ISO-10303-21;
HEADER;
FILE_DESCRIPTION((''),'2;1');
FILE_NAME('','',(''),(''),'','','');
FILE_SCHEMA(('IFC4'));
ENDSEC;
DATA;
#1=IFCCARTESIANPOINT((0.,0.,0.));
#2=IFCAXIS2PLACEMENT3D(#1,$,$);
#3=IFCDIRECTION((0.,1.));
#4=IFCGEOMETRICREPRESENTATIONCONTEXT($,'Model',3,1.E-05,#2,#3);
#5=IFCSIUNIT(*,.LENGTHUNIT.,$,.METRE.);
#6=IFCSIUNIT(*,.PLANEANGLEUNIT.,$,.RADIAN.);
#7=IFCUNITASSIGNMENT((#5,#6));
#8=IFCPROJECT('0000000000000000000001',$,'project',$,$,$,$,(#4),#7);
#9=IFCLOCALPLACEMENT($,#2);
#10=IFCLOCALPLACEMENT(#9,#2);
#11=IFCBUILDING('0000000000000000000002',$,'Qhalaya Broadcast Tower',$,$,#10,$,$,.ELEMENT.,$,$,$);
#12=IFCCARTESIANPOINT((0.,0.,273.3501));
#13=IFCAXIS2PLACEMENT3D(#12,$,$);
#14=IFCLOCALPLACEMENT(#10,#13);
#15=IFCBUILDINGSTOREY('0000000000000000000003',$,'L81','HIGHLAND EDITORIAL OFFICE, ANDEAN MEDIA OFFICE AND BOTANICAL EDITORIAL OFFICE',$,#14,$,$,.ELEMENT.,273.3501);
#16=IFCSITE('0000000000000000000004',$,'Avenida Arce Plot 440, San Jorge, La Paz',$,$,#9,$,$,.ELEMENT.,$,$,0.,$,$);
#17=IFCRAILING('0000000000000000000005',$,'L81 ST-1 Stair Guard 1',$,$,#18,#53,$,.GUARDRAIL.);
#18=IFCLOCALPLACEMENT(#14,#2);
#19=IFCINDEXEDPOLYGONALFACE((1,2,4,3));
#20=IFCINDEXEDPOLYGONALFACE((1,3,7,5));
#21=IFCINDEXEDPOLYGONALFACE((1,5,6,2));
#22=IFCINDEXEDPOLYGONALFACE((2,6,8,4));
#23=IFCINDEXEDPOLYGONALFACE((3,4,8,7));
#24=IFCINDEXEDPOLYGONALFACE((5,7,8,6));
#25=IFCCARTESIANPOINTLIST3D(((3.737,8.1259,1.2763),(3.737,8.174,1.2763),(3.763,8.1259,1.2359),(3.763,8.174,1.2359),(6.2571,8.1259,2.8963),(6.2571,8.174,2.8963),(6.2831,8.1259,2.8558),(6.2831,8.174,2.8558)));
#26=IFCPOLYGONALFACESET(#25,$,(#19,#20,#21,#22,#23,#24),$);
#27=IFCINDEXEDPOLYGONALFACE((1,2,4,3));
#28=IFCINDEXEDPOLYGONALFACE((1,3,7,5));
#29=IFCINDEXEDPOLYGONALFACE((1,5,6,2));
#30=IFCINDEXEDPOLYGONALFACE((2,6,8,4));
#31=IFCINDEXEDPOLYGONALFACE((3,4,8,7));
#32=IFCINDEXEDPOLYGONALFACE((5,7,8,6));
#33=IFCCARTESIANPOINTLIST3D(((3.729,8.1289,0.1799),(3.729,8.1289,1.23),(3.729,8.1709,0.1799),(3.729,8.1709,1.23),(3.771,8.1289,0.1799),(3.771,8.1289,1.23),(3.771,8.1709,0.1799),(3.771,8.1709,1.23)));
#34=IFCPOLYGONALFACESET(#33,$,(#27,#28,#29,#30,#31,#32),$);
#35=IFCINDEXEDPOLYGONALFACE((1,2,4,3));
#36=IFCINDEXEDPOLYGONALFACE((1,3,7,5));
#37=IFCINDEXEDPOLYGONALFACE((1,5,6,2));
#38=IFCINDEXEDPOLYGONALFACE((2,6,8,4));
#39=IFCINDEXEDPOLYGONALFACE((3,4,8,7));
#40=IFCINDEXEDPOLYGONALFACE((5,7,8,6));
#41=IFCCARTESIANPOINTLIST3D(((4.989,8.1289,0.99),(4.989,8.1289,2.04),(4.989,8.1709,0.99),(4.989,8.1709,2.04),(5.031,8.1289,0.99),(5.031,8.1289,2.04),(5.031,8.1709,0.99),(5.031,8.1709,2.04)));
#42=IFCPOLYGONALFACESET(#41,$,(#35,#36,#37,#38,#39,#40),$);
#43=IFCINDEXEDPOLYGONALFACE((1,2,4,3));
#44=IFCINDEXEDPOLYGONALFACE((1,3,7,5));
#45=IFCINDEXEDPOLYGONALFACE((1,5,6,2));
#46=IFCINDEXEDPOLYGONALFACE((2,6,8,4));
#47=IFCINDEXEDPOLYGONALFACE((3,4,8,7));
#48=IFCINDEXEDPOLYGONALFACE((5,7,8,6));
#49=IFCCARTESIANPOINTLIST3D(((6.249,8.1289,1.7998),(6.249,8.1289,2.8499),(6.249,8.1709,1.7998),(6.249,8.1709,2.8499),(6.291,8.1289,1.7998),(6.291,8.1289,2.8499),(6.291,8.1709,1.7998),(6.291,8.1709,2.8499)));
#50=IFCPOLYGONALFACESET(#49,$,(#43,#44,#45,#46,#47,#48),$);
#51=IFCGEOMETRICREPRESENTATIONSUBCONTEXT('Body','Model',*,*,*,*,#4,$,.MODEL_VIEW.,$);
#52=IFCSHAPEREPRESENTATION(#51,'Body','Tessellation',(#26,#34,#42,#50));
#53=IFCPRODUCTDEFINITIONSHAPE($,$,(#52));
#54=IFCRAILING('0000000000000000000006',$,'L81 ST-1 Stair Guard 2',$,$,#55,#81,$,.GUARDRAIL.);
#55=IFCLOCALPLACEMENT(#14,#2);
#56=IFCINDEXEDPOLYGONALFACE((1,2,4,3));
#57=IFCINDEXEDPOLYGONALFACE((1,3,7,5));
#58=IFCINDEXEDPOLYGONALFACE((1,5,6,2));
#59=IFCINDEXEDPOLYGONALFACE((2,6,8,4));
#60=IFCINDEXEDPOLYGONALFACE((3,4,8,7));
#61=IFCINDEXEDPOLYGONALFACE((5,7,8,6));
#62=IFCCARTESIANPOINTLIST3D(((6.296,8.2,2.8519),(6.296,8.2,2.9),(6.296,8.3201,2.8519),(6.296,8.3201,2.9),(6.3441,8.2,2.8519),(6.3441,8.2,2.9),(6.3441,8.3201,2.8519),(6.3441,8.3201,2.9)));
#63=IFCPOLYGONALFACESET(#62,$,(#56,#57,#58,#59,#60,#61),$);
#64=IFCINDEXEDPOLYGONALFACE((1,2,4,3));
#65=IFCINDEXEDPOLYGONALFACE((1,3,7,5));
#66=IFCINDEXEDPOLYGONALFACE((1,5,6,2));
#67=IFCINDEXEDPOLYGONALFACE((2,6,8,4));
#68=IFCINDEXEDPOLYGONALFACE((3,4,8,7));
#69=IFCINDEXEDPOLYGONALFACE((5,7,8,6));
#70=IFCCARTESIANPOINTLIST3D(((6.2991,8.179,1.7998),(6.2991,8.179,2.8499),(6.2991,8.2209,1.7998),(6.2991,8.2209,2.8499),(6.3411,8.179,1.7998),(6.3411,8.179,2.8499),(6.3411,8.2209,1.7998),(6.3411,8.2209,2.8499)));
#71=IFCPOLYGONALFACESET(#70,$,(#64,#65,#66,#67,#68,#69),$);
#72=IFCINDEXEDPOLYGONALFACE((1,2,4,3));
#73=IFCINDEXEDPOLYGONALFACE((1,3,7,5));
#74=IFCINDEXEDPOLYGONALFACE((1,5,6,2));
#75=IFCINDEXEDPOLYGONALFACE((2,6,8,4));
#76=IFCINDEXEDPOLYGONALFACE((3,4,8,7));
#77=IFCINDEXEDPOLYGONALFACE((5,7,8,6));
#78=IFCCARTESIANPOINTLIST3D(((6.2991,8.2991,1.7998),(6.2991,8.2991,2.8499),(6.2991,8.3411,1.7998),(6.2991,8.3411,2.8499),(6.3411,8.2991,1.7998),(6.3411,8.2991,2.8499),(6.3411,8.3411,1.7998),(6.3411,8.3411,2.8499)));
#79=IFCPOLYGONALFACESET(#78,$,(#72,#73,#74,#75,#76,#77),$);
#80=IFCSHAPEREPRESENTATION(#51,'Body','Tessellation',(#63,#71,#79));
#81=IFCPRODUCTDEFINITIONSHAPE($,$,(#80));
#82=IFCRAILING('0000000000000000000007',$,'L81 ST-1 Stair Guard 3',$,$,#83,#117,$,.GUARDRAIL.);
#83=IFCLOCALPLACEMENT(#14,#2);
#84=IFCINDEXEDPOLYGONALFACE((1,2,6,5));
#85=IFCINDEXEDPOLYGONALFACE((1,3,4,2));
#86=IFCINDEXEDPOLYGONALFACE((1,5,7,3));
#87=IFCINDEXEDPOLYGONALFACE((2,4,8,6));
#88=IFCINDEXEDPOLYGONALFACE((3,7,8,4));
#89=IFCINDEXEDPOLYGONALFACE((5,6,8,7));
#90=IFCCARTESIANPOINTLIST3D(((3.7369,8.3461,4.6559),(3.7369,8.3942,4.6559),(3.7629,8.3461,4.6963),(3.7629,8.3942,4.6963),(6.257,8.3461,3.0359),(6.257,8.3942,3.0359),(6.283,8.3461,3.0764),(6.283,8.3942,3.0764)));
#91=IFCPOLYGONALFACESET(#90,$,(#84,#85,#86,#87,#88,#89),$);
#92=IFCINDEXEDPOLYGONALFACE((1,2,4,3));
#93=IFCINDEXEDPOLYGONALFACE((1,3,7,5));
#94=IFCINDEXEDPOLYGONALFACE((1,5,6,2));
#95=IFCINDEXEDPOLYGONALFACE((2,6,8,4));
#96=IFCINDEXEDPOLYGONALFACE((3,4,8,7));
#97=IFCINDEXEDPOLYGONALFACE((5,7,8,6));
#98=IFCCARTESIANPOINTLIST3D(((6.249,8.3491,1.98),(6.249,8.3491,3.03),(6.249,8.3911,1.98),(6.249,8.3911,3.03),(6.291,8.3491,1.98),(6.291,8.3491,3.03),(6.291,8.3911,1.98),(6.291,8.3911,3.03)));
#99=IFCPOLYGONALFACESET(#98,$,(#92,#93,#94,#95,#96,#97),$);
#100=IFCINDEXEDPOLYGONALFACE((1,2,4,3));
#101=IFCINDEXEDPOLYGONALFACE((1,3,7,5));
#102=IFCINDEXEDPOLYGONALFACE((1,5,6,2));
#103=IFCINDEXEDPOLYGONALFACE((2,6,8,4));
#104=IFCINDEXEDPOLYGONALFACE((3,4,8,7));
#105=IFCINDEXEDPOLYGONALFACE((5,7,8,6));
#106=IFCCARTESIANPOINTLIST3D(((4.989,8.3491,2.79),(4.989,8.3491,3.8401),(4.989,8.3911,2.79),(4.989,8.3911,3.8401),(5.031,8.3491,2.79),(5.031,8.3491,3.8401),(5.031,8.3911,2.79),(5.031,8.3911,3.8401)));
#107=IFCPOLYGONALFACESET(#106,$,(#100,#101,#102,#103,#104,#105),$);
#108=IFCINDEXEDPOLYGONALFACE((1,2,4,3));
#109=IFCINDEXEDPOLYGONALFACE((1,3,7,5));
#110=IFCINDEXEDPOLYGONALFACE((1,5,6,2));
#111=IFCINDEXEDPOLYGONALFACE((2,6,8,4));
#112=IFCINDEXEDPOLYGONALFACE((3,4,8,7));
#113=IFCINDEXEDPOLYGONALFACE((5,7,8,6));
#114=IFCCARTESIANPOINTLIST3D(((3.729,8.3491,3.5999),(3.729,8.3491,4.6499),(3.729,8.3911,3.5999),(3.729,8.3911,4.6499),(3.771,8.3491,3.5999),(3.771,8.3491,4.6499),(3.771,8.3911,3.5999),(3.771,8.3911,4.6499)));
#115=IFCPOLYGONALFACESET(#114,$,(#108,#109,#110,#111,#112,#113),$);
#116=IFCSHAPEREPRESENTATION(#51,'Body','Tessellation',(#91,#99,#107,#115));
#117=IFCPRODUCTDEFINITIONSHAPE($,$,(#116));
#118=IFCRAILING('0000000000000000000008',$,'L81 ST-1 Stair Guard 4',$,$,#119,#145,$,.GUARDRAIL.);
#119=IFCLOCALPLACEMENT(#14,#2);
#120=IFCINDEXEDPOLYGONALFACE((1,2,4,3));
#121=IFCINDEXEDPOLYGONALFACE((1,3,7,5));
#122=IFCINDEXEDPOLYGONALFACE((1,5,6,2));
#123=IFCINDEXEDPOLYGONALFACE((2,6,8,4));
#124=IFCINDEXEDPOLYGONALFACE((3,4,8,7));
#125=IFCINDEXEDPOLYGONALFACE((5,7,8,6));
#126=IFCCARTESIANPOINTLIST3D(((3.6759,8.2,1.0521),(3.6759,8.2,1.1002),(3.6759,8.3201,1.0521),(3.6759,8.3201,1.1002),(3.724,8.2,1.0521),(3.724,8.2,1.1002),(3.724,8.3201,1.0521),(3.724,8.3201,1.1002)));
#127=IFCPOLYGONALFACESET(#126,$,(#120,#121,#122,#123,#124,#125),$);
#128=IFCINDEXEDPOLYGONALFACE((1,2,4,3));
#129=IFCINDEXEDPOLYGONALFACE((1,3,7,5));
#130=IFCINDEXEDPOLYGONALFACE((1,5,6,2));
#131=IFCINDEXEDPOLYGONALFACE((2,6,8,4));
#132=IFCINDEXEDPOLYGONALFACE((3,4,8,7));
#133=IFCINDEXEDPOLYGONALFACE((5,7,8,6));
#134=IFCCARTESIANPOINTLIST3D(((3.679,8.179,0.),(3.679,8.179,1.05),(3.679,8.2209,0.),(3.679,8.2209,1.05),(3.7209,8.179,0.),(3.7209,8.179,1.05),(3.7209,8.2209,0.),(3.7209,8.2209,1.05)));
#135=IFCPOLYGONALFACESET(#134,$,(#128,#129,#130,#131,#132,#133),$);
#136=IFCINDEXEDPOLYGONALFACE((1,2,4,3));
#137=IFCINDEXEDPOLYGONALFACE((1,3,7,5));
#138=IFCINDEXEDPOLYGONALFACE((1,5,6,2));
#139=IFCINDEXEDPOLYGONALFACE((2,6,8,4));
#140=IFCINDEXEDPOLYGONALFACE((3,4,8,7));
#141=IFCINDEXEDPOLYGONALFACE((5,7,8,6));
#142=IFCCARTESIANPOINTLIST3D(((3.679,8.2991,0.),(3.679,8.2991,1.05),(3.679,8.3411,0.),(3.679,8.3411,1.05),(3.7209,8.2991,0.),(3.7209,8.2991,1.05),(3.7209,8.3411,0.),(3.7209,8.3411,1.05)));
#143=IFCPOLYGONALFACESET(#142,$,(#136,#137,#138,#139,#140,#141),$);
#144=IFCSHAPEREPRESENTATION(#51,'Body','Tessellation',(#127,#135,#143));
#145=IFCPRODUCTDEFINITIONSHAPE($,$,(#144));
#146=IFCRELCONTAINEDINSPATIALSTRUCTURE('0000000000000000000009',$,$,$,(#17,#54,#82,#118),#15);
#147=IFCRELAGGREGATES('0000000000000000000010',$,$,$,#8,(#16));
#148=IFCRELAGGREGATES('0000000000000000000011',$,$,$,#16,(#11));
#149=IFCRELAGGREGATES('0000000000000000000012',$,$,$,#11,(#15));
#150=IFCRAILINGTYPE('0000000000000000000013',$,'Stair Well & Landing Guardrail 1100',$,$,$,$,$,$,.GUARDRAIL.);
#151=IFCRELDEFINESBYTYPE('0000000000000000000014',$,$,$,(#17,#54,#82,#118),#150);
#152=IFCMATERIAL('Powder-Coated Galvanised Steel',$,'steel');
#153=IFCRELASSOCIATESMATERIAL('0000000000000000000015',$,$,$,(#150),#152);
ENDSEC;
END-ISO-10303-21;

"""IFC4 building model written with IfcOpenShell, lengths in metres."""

from ifc_helpers import new_model, si_unit, direction, frame, origin, origin_2d, place, context, subcontext, project, spatial, rectangle, extrude, material, type_object, element, save


model = new_model("IFC4")

# Units and contexts
model_context = context("Model", 3, precision=1e-05, world=origin(), true_north=direction((0.0, 1.0)))
body_context = subcontext(model_context, "Body", "Model", "MODEL_VIEW")
ifc_project = project(units=[si_unit("LENGTHUNIT", "METRE"), si_unit("PLANEANGLEUNIT", "RADIAN")], contexts=[model_context])

# Site, building, storey
site_placement = place(None, origin())
site = spatial("IfcSite", under=ifc_project, at=site_placement, Name="Avenida Arce Plot 440, San Jorge, La Paz", CompositionType="ELEMENT", RefElevation=0.0)
building_placement = place(site_placement, origin())
building = spatial("IfcBuilding", under=site, at=building_placement, Name="Qhalaya Broadcast Tower", CompositionType="ELEMENT")
storey_placement = place(building_placement, frame((0.0, 0.0, 273.3501)))
storey = spatial("IfcBuildingStorey", under=building, at=storey_placement, Name="L81", Description="HIGHLAND EDITORIAL OFFICE, ANDEAN MEDIA OFFICE AND BOTANICAL EDITORIAL OFFICE", CompositionType="ELEMENT", Elevation=273.3501)

# Railings
ifc_material_1 = material(Name="Powder-Coated Galvanised Steel", Category="steel")
railing_type_1 = type_object("IfcRailingType", Name="Stair Well & Landing Guardrail 1100", PredefinedType="GUARDRAIL", material=ifc_material_1)
railing_1_placement = place(storey_placement, frame((3.75, 8.1499, 0.1799)))
element("IfcRailing", 1, at=railing_1_placement, inside=storey, type_object=railing_type_1, Name="L81 ST-1 Stair Guard 1", PredefinedType="GUARDRAIL", context=body_context, shape_type="SweptSolid", body=[
    extrude(rectangle(XDim=0.0481, YDim=0.0481, at=origin_2d()), frame((0.0, 0.0, 1.0762), z_axis=(0.8412, 0.0, 0.540725), x_axis=(0.0, 1.0, 0.0)), (0.0, 0.0, 1.0), 2.9958),
    extrude(rectangle(XDim=0.042, YDim=0.042, at=origin_2d()), origin(), (0.0, 0.0, 1.0), 1.05),
    extrude(rectangle(XDim=0.042, YDim=0.042, at=origin_2d()), frame((1.26, 0.0, 0.8101)), (0.0, 0.0, 1.0), 1.05),
    extrude(rectangle(XDim=0.042, YDim=0.042, at=origin_2d()), frame((2.52, 0.0, 1.6199)), (0.0, 0.0, 1.0), 1.05),
])
railing_2_placement = place(storey_placement, frame((6.3201, 8.2, 1.7998)))
element("IfcRailing", 2, at=railing_2_placement, inside=storey, type_object=railing_type_1, Name="L81 ST-1 Stair Guard 2", PredefinedType="GUARDRAIL", context=body_context, shape_type="SweptSolid", body=[
    extrude(rectangle(XDim=0.0481, YDim=0.0481, at=origin_2d()), frame((0.0, 0.0, 1.0762), z_axis=(0.0, 1.0, 0.0), x_axis=(-1.0, 0.0, 0.0)), (0.0, 0.0, 1.0), 0.1201),
    extrude(rectangle(XDim=0.042, YDim=0.042, at=origin_2d()), origin(), (0.0, 0.0, 1.0), 1.05),
    extrude(rectangle(XDim=0.042, YDim=0.042, at=origin_2d()), frame((0.0, 0.1201, 0.0)), (0.0, 0.0, 1.0), 1.05),
])
railing_3_placement = place(storey_placement, frame((6.27, 8.3701, 1.98)))
element("IfcRailing", 3, at=railing_3_placement, inside=storey, type_object=railing_type_1, Name="L81 ST-1 Stair Guard 3", PredefinedType="GUARDRAIL", context=body_context, shape_type="SweptSolid", body=[
    extrude(rectangle(XDim=0.0481, YDim=0.0481, at=origin_2d()), frame((0.0, 0.0, 1.0762), z_axis=(-0.8412, 0.0, 0.540725), x_axis=(0.0, -1.0, 0.0)), (0.0, 0.0, 1.0), 2.9958),
    extrude(rectangle(XDim=0.042, YDim=0.042, at=origin_2d()), origin(), (0.0, 0.0, 1.0), 1.05),
    extrude(rectangle(XDim=0.042, YDim=0.042, at=origin_2d()), frame((-1.26, 0.0, 0.8101)), (0.0, 0.0, 1.0), 1.05),
    extrude(rectangle(XDim=0.042, YDim=0.042, at=origin_2d()), frame((-2.52, 0.0, 1.6199)), (0.0, 0.0, 1.0), 1.05),
])
railing_4_placement = place(storey_placement, frame((3.7, 8.2, 0.0)))
element("IfcRailing", 4, at=railing_4_placement, inside=storey, type_object=railing_type_1, Name="L81 ST-1 Stair Guard 4", PredefinedType="GUARDRAIL", context=body_context, shape_type="SweptSolid", body=[
    extrude(rectangle(XDim=0.0481, YDim=0.0481, at=origin_2d()), frame((0.0, 0.0, 1.0762), z_axis=(0.0, 1.0, 0.0), x_axis=(-1.0, 0.0, 0.0)), (0.0, 0.0, 1.0), 0.1201),
    extrude(rectangle(XDim=0.042, YDim=0.042, at=origin_2d()), origin(), (0.0, 0.0, 1.0), 1.05),
    extrude(rectangle(XDim=0.042, YDim=0.042, at=origin_2d()), frame((0.0, 0.1201, 0.0)), (0.0, 0.0, 1.0), 1.05),
])

save(model, "model.ifc")
